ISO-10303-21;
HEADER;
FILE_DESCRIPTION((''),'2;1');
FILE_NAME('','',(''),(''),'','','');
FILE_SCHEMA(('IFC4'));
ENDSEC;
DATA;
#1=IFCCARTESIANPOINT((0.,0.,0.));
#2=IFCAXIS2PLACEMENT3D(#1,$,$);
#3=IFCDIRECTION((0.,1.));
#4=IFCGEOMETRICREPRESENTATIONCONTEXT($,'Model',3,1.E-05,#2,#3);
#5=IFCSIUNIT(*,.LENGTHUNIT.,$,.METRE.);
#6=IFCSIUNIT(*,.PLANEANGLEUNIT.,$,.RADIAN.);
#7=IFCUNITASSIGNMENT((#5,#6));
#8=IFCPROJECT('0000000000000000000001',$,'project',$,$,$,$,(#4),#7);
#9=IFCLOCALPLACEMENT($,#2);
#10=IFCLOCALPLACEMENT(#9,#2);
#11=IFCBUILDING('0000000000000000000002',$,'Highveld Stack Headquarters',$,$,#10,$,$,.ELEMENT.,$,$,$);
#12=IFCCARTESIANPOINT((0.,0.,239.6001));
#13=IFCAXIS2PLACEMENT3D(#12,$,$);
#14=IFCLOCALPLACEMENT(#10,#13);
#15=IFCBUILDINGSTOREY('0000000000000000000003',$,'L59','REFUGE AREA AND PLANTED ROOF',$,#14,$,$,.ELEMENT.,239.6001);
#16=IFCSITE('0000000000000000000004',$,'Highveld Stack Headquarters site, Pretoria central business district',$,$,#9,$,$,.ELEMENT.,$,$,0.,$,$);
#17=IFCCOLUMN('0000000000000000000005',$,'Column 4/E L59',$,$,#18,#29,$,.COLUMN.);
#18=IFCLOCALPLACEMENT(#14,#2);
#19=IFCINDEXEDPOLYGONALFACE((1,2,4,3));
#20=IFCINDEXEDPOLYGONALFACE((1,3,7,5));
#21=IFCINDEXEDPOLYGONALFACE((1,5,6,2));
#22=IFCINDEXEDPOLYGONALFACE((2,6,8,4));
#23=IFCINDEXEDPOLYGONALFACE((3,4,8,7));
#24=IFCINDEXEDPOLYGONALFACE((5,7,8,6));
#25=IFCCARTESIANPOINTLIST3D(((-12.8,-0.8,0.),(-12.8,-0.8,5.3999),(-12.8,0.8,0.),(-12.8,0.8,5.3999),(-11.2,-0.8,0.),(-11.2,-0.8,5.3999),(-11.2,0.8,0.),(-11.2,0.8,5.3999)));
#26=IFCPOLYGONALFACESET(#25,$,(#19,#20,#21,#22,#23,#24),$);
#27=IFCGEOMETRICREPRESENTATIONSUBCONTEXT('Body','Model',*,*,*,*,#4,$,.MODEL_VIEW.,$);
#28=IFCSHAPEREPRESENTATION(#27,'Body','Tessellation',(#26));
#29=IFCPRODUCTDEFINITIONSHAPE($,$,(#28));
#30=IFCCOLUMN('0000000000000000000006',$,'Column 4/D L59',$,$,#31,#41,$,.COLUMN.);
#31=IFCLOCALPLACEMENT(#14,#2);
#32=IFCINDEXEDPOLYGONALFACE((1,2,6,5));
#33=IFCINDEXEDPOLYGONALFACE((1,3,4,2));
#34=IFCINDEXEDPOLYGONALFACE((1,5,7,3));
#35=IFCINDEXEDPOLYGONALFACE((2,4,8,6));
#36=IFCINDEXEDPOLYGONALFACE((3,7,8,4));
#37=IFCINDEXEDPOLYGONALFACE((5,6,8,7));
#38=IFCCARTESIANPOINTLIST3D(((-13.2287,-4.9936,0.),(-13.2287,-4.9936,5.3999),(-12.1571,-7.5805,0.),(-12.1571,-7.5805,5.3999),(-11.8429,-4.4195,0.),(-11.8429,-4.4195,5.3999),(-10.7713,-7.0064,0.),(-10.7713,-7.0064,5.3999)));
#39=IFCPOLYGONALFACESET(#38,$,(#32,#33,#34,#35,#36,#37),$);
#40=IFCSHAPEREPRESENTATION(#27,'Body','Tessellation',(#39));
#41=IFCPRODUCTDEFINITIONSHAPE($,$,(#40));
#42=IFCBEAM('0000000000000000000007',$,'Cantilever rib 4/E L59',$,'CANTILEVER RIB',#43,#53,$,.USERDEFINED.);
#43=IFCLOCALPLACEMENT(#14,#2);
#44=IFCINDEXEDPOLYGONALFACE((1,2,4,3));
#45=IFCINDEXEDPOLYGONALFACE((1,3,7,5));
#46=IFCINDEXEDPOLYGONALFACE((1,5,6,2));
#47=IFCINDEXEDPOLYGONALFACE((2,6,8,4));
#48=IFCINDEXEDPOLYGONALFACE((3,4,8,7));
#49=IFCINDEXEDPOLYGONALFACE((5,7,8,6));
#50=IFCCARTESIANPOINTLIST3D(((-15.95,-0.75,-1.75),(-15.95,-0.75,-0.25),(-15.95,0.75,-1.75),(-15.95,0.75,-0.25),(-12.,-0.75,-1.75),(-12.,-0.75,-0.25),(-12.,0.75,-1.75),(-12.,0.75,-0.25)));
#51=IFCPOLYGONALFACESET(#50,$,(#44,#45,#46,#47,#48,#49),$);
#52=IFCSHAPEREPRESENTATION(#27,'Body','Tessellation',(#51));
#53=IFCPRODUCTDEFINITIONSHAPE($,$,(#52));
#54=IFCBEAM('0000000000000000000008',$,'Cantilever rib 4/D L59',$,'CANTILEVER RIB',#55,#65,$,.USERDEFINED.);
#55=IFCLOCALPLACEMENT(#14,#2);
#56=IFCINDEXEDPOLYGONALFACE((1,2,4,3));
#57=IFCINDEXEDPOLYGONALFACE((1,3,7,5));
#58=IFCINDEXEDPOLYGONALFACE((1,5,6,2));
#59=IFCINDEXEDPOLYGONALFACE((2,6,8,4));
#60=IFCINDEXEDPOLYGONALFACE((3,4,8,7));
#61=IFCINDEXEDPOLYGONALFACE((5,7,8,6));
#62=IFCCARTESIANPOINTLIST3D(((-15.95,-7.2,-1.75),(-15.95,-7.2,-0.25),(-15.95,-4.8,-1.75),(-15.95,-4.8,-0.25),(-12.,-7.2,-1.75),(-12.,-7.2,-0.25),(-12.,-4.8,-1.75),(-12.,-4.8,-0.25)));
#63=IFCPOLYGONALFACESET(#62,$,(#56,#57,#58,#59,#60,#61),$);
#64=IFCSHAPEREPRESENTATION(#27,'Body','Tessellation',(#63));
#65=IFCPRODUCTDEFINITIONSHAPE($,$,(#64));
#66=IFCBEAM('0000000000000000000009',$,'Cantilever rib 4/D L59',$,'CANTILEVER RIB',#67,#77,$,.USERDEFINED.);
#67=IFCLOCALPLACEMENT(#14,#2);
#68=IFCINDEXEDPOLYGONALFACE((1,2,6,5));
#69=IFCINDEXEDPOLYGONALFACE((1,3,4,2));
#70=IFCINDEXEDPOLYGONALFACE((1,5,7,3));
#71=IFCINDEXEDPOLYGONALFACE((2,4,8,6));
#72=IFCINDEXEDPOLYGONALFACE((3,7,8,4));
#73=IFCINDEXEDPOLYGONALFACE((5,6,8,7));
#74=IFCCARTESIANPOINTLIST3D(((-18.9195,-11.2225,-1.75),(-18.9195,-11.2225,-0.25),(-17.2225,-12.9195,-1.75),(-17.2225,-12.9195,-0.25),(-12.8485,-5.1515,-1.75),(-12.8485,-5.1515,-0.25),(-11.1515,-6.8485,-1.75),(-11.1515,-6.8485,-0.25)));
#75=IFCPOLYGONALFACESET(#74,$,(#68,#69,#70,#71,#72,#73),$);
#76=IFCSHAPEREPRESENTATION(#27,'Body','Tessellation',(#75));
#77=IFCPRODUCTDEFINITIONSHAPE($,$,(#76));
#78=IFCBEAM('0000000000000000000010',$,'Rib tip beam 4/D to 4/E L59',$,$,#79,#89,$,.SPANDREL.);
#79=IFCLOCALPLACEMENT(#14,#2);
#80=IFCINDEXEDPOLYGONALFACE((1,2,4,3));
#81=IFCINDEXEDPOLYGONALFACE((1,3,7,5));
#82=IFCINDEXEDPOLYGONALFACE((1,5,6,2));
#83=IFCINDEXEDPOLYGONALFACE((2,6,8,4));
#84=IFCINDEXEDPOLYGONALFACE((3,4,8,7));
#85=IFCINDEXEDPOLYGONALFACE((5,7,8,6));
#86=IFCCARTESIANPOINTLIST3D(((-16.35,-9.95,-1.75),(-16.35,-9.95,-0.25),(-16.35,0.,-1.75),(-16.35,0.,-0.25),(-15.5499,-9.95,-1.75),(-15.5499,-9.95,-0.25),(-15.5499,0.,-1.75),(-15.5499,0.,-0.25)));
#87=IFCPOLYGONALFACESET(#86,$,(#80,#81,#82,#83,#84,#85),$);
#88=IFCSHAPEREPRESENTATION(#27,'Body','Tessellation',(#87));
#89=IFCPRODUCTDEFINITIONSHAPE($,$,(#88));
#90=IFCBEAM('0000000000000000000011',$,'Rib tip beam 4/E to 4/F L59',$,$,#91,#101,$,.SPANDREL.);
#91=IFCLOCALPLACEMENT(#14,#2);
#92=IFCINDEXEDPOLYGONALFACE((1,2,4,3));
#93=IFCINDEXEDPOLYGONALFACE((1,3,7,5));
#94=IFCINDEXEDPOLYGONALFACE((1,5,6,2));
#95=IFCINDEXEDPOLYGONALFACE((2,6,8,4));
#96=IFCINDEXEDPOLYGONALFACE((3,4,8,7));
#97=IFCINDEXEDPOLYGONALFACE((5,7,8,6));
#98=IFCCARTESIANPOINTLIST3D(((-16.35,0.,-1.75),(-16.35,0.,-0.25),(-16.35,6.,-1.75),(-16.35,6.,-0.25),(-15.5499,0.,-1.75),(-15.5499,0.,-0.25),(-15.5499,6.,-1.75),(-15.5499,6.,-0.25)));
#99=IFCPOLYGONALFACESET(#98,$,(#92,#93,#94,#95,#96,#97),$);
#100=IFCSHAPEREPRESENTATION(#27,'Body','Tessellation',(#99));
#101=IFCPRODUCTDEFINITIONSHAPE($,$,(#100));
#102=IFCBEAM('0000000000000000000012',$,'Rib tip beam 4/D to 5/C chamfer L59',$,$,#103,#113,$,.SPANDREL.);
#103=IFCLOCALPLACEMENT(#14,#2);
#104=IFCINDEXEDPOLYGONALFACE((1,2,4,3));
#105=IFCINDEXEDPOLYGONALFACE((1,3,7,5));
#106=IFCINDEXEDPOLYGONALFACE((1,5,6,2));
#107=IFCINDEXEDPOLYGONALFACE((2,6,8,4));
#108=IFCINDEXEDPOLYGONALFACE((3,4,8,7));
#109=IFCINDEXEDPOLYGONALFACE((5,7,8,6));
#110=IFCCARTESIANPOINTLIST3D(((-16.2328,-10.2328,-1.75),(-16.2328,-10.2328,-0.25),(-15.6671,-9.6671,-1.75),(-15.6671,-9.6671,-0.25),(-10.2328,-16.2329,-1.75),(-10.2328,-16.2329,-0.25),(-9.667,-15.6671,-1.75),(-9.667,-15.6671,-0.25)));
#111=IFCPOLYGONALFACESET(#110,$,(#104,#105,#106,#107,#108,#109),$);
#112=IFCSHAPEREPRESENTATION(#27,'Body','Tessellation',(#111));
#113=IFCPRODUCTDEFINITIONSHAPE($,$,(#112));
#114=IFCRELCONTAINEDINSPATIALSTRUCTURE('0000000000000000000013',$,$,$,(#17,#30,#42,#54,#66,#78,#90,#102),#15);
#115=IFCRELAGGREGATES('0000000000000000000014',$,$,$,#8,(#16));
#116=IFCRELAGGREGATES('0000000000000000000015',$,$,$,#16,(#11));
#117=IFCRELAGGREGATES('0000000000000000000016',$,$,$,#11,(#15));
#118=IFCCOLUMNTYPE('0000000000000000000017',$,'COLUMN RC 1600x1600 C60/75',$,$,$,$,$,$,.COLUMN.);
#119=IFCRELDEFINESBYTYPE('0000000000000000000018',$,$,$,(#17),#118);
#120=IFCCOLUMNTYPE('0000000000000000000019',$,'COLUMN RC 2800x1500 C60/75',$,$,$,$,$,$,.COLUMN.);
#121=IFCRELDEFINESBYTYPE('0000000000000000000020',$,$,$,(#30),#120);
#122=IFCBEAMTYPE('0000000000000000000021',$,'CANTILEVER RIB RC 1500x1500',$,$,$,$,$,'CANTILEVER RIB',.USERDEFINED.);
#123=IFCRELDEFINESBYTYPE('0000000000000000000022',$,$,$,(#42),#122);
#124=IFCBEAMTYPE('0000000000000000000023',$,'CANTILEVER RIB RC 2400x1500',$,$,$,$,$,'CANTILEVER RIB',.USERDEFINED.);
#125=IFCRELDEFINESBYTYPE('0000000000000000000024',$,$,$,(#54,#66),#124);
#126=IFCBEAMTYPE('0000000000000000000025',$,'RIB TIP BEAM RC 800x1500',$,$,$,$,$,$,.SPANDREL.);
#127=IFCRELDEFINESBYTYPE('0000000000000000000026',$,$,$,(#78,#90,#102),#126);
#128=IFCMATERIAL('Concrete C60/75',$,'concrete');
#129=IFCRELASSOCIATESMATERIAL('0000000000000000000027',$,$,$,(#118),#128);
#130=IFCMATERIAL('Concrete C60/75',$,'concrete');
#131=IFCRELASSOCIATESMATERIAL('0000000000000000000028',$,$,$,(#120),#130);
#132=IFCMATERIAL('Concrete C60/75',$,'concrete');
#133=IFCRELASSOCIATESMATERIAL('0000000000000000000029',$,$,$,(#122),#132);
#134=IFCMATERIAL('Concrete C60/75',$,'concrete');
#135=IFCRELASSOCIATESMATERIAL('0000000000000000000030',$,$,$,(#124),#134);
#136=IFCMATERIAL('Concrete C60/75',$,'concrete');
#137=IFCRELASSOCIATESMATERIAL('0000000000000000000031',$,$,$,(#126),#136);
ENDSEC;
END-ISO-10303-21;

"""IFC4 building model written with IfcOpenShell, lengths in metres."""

from ifc_helpers import new_model, si_unit, direction, frame, origin, origin_2d, place, context, subcontext, project, spatial, rectangle, extrude, material, material_profile, profile_set, type_object, element, save


model = new_model("IFC4")

# Units and contexts
model_context = context("Model", 3, precision=1e-05, world=origin(), true_north=direction((0.0, 1.0)))
body_context = subcontext(model_context, "Body", "Model", "MODEL_VIEW")
ifc_project = project(units=[si_unit("LENGTHUNIT", "METRE"), si_unit("PLANEANGLEUNIT", "RADIAN")], contexts=[model_context])

# Site, building, storey
site_placement = place(None, origin())
site = spatial("IfcSite", under=ifc_project, at=site_placement, Name="Highveld Stack Headquarters site, Pretoria central business district", CompositionType="ELEMENT", RefElevation=0.0)
building_placement = place(site_placement, origin())
building = spatial("IfcBuilding", under=site, at=building_placement, Name="Highveld Stack Headquarters", CompositionType="ELEMENT")
storey_placement = place(building_placement, frame((0.0, 0.0, 239.6001)))
storey = spatial("IfcBuildingStorey", under=building, at=storey_placement, Name="L59", Description="REFUGE AREA AND PLANTED ROOF", CompositionType="ELEMENT", Elevation=239.6001)

# Columns
ifc_material_1 = material(Name="Concrete C60/75", Category="concrete")
ifc_material_profile_1 = material_profile(ifc_material_1, rectangle(XDim=1.6001, YDim=1.6001, at=origin_2d()), Name="RC 1600x1600")
ifc_profile_set_1 = profile_set([ifc_material_profile_1], Name="Concrete C60/75")
column_type_1 = type_object("IfcColumnType", Name="COLUMN RC 1600x1600 C60/75", PredefinedType="COLUMN", material=ifc_profile_set_1)
column_1_placement = place(storey_placement, frame((-12.0, 0.0, 0.0), z_axis=(0.0, 0.0, 1.0), x_axis=(1.0, 0.0, 0.0)))
element("IfcColumn", 1, at=column_1_placement, inside=storey, type_object=column_type_1, Name="Column 4/E L59", PredefinedType="COLUMN", context=body_context, shape_type="SweptSolid", body=[
    extrude(rectangle(XDim=1.6001, YDim=1.6001, at=origin_2d()), origin(), (0.0, 0.0, 1.0), 5.3999),
])
ifc_material_2 = material(Name="Concrete C60/75", Category="concrete")
ifc_material_profile_2 = material_profile(ifc_material_2, rectangle(XDim=2.8, YDim=1.5, at=origin_2d()), Name="RC 2800x1500")
ifc_profile_set_2 = profile_set([ifc_material_profile_2], Name="Concrete C60/75")
column_type_2 = type_object("IfcColumnType", Name="COLUMN RC 2800x1500 C60/75", PredefinedType="COLUMN", material=ifc_profile_set_2)
column_2_placement = place(storey_placement, frame((-12.0, -6.0, 0.0), z_axis=(0.0, 0.0, 1.0), x_axis=(-0.382683, 0.92388, 0.0)))
element("IfcColumn", 2, at=column_2_placement, inside=storey, type_object=column_type_2, Name="Column 4/D L59", PredefinedType="COLUMN", context=body_context, shape_type="SweptSolid", body=[
    extrude(rectangle(XDim=2.8, YDim=1.5, at=origin_2d()), origin(), (0.0, 0.0, 1.0), 5.3999),
])

# Beams
ifc_material_3 = material(Name="Concrete C60/75", Category="concrete")
ifc_material_profile_3 = material_profile(ifc_material_3, rectangle(XDim=1.5, YDim=1.5, at=origin_2d()), Name="RC 1500x1500")
ifc_profile_set_3 = profile_set([ifc_material_profile_3], Name="Concrete C60/75")
beam_type_1 = type_object("IfcBeamType", Name="CANTILEVER RIB RC 1500x1500", ElementType="CANTILEVER RIB", PredefinedType="USERDEFINED", material=ifc_profile_set_3)
beam_1_placement = place(storey_placement, frame((-12.0, 0.0, -1.0), z_axis=(-1.0, 0.0, 0.0), x_axis=(0.0, -1.0, 0.0)))
element("IfcBeam", 3, at=beam_1_placement, inside=storey, type_object=beam_type_1, Name="Cantilever rib 4/E L59", ObjectType="CANTILEVER RIB", PredefinedType="USERDEFINED", context=body_context, shape_type="SweptSolid", body=[
    extrude(rectangle(XDim=1.5, YDim=1.5, at=origin_2d()), origin(), (0.0, 0.0, 1.0), 3.95),
])
ifc_material_4 = material(Name="Concrete C60/75", Category="concrete")
ifc_material_profile_4 = material_profile(ifc_material_4, rectangle(XDim=2.3999, YDim=1.5, at=origin_2d()), Name="RC 2400x1500")
ifc_profile_set_4 = profile_set([ifc_material_profile_4], Name="Concrete C60/75")
beam_type_2 = type_object("IfcBeamType", Name="CANTILEVER RIB RC 2400x1500", ElementType="CANTILEVER RIB", PredefinedType="USERDEFINED", material=ifc_profile_set_4)
beam_2_placement = place(storey_placement, frame((-12.0, -6.0, -1.0), z_axis=(-1.0, 0.0, 0.0), x_axis=(0.0, -1.0, 0.0)))
element("IfcBeam", 4, at=beam_2_placement, inside=storey, type_object=beam_type_2, Name="Cantilever rib 4/D L59", ObjectType="CANTILEVER RIB", PredefinedType="USERDEFINED", context=body_context, shape_type="SweptSolid", body=[
    extrude(rectangle(XDim=2.3999, YDim=1.5, at=origin_2d()), origin(), (0.0, 0.0, 1.0), 3.95),
])
beam_3_placement = place(storey_placement, frame((-12.0, -6.0, -1.0), z_axis=(-0.707107, -0.707107, 0.0), x_axis=(0.707107, -0.707107, 0.0)))
element("IfcBeam", 5, at=beam_3_placement, inside=storey, type_object=beam_type_2, Name="Cantilever rib 4/D L59", ObjectType="CANTILEVER RIB", PredefinedType="USERDEFINED", context=body_context, shape_type="SweptSolid", body=[
    extrude(rectangle(XDim=2.3999, YDim=1.5, at=origin_2d()), origin(), (0.0, 0.0, 1.0), 8.5857),
])
ifc_material_5 = material(Name="Concrete C60/75", Category="concrete")
ifc_material_profile_5 = material_profile(ifc_material_5, rectangle(XDim=0.8, YDim=1.5, at=origin_2d()), Name="RC 800x1500")
ifc_profile_set_5 = profile_set([ifc_material_profile_5], Name="Concrete C60/75")
beam_type_3 = type_object("IfcBeamType", Name="RIB TIP BEAM RC 800x1500", PredefinedType="SPANDREL", material=ifc_profile_set_5)
beam_4_placement = place(storey_placement, frame((-15.95, -9.95, -1.0), z_axis=(0.0, 1.0, 0.0), x_axis=(-1.0, 0.0, 0.0)))
element("IfcBeam", 6, at=beam_4_placement, inside=storey, type_object=beam_type_3, Name="Rib tip beam 4/D to 4/E L59", PredefinedType="SPANDREL", context=body_context, shape_type="SweptSolid", body=[
    extrude(rectangle(XDim=0.8, YDim=1.5, at=origin_2d()), origin(), (0.0, 0.0, 1.0), 9.95),
])
beam_5_placement = place(storey_placement, frame((-15.95, 0.0, -1.0), z_axis=(0.0, 1.0, 0.0), x_axis=(-1.0, 0.0, 0.0)))
element("IfcBeam", 7, at=beam_5_placement, inside=storey, type_object=beam_type_3, Name="Rib tip beam 4/E to 4/F L59", PredefinedType="SPANDREL", context=body_context, shape_type="SweptSolid", body=[
    extrude(rectangle(XDim=0.8, YDim=1.5, at=origin_2d()), origin(), (0.0, 0.0, 1.0), 6.0),
])
beam_6_placement = place(storey_placement, frame((-15.95, -9.95, -1.0), z_axis=(0.707107, -0.707107, 0.0), x_axis=(0.707107, 0.707107, 0.0)))
element("IfcBeam", 8, at=beam_6_placement, inside=storey, type_object=beam_type_3, Name="Rib tip beam 4/D to 5/C chamfer L59", PredefinedType="SPANDREL", context=body_context, shape_type="SweptSolid", body=[
    extrude(rectangle(XDim=0.8, YDim=1.5, at=origin_2d()), origin(), (0.0, 0.0, 1.0), 8.4854),
])

save(model, "model.ifc")
